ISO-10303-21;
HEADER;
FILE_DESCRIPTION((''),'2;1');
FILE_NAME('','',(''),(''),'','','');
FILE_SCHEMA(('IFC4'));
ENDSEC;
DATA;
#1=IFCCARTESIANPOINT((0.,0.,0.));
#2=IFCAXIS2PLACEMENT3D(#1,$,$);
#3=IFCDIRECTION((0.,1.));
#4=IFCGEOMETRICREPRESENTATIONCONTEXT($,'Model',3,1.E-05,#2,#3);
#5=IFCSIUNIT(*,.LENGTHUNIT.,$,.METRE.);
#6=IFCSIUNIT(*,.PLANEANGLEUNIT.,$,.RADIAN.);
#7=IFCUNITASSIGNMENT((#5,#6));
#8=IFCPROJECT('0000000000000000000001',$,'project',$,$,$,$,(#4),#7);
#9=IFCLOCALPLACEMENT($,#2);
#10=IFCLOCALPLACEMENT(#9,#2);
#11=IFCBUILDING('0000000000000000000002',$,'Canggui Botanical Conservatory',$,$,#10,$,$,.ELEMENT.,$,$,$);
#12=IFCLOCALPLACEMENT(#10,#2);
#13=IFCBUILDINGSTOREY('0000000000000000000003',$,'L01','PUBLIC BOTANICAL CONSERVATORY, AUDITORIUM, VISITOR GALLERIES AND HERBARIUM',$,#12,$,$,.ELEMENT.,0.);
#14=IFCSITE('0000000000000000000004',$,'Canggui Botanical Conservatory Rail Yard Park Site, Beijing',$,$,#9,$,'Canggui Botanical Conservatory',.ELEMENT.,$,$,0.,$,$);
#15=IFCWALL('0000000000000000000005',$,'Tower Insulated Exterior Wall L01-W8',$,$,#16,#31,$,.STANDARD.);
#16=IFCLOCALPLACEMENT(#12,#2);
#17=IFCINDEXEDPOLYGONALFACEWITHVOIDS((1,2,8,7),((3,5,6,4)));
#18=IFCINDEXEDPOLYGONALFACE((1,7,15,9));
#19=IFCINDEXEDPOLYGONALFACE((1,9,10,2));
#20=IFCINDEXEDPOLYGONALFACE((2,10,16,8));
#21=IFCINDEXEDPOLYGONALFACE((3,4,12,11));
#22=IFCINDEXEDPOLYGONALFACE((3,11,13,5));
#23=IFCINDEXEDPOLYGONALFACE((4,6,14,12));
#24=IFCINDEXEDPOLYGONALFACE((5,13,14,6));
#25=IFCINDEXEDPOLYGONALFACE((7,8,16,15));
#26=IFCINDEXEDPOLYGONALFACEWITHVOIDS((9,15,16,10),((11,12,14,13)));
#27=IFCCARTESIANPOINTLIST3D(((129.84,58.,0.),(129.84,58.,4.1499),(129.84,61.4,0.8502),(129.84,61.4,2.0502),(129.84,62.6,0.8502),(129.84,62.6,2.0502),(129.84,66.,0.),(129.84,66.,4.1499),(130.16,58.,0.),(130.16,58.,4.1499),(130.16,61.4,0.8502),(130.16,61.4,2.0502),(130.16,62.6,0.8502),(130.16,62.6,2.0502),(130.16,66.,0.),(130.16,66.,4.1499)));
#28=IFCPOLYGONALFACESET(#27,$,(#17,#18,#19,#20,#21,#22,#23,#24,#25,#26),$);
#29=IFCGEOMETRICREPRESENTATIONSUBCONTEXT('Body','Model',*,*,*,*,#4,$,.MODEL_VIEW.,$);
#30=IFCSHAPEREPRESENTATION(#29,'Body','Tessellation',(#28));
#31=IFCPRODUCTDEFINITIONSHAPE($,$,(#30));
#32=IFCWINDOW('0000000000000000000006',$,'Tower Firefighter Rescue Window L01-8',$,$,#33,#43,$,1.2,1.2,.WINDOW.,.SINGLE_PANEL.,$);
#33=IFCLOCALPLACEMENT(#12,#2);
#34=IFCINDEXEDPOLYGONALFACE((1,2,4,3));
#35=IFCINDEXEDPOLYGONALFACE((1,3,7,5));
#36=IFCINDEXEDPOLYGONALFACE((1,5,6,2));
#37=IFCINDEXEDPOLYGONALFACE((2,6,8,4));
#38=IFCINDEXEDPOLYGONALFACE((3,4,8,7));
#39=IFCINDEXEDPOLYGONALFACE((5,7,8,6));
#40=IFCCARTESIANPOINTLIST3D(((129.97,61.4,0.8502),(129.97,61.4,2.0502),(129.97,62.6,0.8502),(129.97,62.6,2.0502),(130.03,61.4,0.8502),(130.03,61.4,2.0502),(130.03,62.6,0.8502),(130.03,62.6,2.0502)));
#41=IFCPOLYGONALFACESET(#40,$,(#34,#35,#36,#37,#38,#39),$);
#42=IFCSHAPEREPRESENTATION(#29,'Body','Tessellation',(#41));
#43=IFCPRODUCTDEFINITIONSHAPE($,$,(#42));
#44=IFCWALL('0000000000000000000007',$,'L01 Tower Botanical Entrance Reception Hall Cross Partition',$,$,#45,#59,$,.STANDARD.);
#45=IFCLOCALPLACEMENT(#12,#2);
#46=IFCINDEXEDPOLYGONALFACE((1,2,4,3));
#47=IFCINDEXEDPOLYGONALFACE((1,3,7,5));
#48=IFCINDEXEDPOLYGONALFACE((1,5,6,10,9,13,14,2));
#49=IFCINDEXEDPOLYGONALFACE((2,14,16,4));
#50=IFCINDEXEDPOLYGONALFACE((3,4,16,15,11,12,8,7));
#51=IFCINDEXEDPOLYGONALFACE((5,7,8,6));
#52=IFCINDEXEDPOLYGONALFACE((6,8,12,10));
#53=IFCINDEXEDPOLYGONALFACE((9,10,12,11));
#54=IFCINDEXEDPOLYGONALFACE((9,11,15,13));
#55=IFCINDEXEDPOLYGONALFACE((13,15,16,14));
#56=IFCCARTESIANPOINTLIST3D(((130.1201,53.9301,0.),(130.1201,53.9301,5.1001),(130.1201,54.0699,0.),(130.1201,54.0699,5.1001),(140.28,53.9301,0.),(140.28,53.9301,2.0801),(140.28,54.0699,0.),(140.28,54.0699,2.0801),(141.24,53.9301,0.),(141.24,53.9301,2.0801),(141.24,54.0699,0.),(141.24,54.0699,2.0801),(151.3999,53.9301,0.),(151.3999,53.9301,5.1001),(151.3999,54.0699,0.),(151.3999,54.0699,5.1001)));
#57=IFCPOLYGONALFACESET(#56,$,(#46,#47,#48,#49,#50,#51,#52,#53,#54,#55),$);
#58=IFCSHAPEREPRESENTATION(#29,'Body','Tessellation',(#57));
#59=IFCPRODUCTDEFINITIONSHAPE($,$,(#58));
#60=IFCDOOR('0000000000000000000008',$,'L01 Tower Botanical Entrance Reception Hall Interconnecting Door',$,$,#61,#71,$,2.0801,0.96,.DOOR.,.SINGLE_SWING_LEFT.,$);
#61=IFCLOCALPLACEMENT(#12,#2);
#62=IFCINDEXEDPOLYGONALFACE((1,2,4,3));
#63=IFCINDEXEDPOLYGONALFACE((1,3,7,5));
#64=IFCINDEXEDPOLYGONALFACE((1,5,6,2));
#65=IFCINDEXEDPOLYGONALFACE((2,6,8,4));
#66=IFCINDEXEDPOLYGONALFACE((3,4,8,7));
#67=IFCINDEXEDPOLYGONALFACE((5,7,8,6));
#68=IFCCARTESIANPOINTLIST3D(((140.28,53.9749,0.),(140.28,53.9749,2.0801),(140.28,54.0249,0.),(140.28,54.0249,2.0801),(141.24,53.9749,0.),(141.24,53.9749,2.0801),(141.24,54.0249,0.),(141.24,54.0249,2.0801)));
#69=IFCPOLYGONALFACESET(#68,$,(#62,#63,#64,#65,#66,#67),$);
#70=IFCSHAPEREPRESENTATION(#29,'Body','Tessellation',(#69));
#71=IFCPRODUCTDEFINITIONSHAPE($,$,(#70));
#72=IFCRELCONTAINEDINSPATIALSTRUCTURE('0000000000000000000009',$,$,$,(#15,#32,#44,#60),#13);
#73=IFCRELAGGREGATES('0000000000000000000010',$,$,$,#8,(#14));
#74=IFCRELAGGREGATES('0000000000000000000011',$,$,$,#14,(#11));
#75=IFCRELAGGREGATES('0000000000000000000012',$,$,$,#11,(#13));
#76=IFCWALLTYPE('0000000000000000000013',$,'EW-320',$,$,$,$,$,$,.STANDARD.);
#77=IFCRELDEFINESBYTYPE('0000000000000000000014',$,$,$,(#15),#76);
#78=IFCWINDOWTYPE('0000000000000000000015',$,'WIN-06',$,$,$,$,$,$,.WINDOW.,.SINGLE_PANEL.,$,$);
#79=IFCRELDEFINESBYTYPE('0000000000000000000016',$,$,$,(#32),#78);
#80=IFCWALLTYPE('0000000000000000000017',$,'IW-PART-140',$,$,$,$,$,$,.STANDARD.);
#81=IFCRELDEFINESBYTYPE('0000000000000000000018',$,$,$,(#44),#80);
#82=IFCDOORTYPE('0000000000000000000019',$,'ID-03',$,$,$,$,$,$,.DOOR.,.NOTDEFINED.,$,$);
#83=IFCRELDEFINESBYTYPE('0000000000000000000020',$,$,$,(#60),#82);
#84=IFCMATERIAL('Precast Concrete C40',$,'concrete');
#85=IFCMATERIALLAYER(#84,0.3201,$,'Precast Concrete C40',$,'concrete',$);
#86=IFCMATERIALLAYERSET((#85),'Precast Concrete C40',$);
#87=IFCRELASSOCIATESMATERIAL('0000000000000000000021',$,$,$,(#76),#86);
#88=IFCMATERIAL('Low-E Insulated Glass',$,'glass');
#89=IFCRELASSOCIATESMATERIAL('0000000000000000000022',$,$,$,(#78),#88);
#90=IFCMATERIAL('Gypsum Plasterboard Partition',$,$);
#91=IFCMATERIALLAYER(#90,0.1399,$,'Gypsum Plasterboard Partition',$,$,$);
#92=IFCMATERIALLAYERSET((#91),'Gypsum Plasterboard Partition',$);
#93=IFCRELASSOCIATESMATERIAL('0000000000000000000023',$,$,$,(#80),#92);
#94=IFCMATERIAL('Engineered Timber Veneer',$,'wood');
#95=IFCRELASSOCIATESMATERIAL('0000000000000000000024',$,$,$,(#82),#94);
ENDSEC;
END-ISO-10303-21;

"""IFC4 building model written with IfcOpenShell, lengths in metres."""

from ifc_helpers import new_model, si_unit, direction, frame, frame_2d, origin, place, context, subcontext, project, spatial, rectangle, extrude, material, layer, layer_set, type_object, element, fill, save


model = new_model("IFC4")

# Units and contexts
model_context = context("Model", 3, precision=1e-05, world=origin(), true_north=direction((0.0, 1.0)))
body_context = subcontext(model_context, "Body", "Model", "MODEL_VIEW")
ifc_project = project(units=[si_unit("LENGTHUNIT", "METRE"), si_unit("PLANEANGLEUNIT", "RADIAN")], contexts=[model_context])

# Site, building, storey
site_placement = place(None, origin())
site = spatial("IfcSite", under=ifc_project, at=site_placement, Name="Canggui Botanical Conservatory Rail Yard Park Site, Beijing", LongName="Canggui Botanical Conservatory", CompositionType="ELEMENT", RefElevation=0.0)
building_placement = place(site_placement, origin())
building = spatial("IfcBuilding", under=site, at=building_placement, Name="Canggui Botanical Conservatory", CompositionType="ELEMENT")
storey_placement = place(building_placement, origin())
storey = spatial("IfcBuildingStorey", under=building, at=storey_placement, Name="L01", Description="PUBLIC BOTANICAL CONSERVATORY, AUDITORIUM, VISITOR GALLERIES AND HERBARIUM", CompositionType="ELEMENT", Elevation=0.0)

# Wall, opening, window
ifc_material_1 = material(Name="Precast Concrete C40", Category="concrete")
ifc_layer_1 = layer(ifc_material_1, 0.3201, Name="Precast Concrete C40", Category="concrete")
ifc_layer_set_1 = layer_set([ifc_layer_1], Name="Precast Concrete C40")
wall_type_1 = type_object("IfcWallType", Name="EW-320", PredefinedType="STANDARD", material=ifc_layer_set_1)
wall_1_placement = place(storey_placement, frame((130.0, 58.0, 0.0), z_axis=(0.0, 0.0, 1.0), x_axis=(0.0, 1.0, 0.0)))
wall_1 = element("IfcWall", 1, at=wall_1_placement, inside=storey, type_object=wall_type_1, Name="Tower Insulated Exterior Wall L01-W8", PredefinedType="STANDARD", context=body_context, shape_type="SweptSolid", body=[
    extrude(rectangle(XDim=8.0, YDim=0.3201, at=frame_2d((4.0, 0.0))), origin(), (0.0, 0.0, 1.0), 4.1499),
])
opening_1_placement = place(wall_1_placement, frame((3.3999, 0.0, 0.8501)))
opening_1 = element("IfcOpeningElement", 2, at=opening_1_placement, cuts=wall_1, PredefinedType="OPENING", context=body_context, shape_type="SweptSolid", body=[
    extrude(rectangle(XDim=1.2, YDim=1.2, at=frame_2d((0.6001, 0.6001))), frame((0.0, 0.1699, 0.0), z_axis=(0.0, -1.0, 0.0), x_axis=(1.0, 0.0, 0.0)), (0.0, 0.0, 1.0), 0.3401),
])
ifc_material_2 = material(Name="Low-E Insulated Glass", Category="glass")
window_type = type_object("IfcWindowType", Name="WIN-06", PartitioningType="SINGLE_PANEL", PredefinedType="WINDOW", material=ifc_material_2)
window_placement = place(opening_1_placement, origin())
window = element("IfcWindow", 3, at=window_placement, inside=storey, type_object=window_type, Name="Tower Firefighter Rescue Window L01-8", OverallHeight=1.2, OverallWidth=1.2, PartitioningType="SINGLE_PANEL", PredefinedType="WINDOW", context=body_context, shape_type="SweptSolid", body=[
    extrude(rectangle(XDim=1.2, YDim=1.2, at=frame_2d((0.6001, 0.6001))), frame((0.0, 0.03, 0.0), z_axis=(0.0, -1.0, 0.0), x_axis=(1.0, 0.0, 0.0)), (0.0, 0.0, 1.0), 0.0601),
])
fill(opening_1, window)

# Wall, opening, door
ifc_material_3 = material(Name="Gypsum Plasterboard Partition")
ifc_layer_2 = layer(ifc_material_3, 0.1399, Name="Gypsum Plasterboard Partition")
ifc_layer_set_2 = layer_set([ifc_layer_2], Name="Gypsum Plasterboard Partition")
wall_type_2 = type_object("IfcWallType", Name="IW-PART-140", PredefinedType="STANDARD", material=ifc_layer_set_2)
wall_2_placement = place(storey_placement, frame((130.1201, 54.0, 0.0), z_axis=(0.0, 0.0, 1.0), x_axis=(1.0, 0.0, 0.0)))
wall_2 = element("IfcWall", 4, at=wall_2_placement, inside=storey, type_object=wall_type_2, Name="L01 Tower Botanical Entrance Reception Hall Cross Partition", PredefinedType="STANDARD", context=body_context, shape_type="SweptSolid", body=[
    extrude(rectangle(XDim=21.2798, YDim=0.1399, at=frame_2d((10.6399, 0.0))), origin(), (0.0, 0.0, 1.0), 5.1001),
])
opening_2_placement = place(wall_2_placement, frame((10.1599, 0.0, 0.0)))
opening_2 = element("IfcOpeningElement", 5, at=opening_2_placement, cuts=wall_2, PredefinedType="OPENING", context=body_context, shape_type="SweptSolid", body=[
    extrude(rectangle(XDim=0.96, YDim=2.0801, at=frame_2d((0.48, 1.04))), frame((0.0, 0.0801, 0.0), z_axis=(0.0, -1.0, 0.0), x_axis=(1.0, 0.0, 0.0)), (0.0, 0.0, 1.0), 0.1599),
])
ifc_material_4 = material(Name="Engineered Timber Veneer", Category="wood")
door_type = type_object("IfcDoorType", Name="ID-03", OperationType="NOTDEFINED", PredefinedType="DOOR", material=ifc_material_4)
door_placement = place(opening_2_placement, origin())
door = element("IfcDoor", 6, at=door_placement, inside=storey, type_object=door_type, Name="L01 Tower Botanical Entrance Reception Hall Interconnecting Door", OperationType="SINGLE_SWING_LEFT", OverallHeight=2.0801, OverallWidth=0.96, PredefinedType="DOOR", context=body_context, shape_type="SweptSolid", body=[
    extrude(rectangle(XDim=0.96, YDim=2.0801, at=frame_2d((0.48, 1.04))), frame((0.0, 0.0249, 0.0), z_axis=(0.0, -1.0, 0.0), x_axis=(1.0, 0.0, 0.0)), (0.0, 0.0, 1.0), 0.05),
])
fill(opening_2, door)

save(model, "model.ifc")
